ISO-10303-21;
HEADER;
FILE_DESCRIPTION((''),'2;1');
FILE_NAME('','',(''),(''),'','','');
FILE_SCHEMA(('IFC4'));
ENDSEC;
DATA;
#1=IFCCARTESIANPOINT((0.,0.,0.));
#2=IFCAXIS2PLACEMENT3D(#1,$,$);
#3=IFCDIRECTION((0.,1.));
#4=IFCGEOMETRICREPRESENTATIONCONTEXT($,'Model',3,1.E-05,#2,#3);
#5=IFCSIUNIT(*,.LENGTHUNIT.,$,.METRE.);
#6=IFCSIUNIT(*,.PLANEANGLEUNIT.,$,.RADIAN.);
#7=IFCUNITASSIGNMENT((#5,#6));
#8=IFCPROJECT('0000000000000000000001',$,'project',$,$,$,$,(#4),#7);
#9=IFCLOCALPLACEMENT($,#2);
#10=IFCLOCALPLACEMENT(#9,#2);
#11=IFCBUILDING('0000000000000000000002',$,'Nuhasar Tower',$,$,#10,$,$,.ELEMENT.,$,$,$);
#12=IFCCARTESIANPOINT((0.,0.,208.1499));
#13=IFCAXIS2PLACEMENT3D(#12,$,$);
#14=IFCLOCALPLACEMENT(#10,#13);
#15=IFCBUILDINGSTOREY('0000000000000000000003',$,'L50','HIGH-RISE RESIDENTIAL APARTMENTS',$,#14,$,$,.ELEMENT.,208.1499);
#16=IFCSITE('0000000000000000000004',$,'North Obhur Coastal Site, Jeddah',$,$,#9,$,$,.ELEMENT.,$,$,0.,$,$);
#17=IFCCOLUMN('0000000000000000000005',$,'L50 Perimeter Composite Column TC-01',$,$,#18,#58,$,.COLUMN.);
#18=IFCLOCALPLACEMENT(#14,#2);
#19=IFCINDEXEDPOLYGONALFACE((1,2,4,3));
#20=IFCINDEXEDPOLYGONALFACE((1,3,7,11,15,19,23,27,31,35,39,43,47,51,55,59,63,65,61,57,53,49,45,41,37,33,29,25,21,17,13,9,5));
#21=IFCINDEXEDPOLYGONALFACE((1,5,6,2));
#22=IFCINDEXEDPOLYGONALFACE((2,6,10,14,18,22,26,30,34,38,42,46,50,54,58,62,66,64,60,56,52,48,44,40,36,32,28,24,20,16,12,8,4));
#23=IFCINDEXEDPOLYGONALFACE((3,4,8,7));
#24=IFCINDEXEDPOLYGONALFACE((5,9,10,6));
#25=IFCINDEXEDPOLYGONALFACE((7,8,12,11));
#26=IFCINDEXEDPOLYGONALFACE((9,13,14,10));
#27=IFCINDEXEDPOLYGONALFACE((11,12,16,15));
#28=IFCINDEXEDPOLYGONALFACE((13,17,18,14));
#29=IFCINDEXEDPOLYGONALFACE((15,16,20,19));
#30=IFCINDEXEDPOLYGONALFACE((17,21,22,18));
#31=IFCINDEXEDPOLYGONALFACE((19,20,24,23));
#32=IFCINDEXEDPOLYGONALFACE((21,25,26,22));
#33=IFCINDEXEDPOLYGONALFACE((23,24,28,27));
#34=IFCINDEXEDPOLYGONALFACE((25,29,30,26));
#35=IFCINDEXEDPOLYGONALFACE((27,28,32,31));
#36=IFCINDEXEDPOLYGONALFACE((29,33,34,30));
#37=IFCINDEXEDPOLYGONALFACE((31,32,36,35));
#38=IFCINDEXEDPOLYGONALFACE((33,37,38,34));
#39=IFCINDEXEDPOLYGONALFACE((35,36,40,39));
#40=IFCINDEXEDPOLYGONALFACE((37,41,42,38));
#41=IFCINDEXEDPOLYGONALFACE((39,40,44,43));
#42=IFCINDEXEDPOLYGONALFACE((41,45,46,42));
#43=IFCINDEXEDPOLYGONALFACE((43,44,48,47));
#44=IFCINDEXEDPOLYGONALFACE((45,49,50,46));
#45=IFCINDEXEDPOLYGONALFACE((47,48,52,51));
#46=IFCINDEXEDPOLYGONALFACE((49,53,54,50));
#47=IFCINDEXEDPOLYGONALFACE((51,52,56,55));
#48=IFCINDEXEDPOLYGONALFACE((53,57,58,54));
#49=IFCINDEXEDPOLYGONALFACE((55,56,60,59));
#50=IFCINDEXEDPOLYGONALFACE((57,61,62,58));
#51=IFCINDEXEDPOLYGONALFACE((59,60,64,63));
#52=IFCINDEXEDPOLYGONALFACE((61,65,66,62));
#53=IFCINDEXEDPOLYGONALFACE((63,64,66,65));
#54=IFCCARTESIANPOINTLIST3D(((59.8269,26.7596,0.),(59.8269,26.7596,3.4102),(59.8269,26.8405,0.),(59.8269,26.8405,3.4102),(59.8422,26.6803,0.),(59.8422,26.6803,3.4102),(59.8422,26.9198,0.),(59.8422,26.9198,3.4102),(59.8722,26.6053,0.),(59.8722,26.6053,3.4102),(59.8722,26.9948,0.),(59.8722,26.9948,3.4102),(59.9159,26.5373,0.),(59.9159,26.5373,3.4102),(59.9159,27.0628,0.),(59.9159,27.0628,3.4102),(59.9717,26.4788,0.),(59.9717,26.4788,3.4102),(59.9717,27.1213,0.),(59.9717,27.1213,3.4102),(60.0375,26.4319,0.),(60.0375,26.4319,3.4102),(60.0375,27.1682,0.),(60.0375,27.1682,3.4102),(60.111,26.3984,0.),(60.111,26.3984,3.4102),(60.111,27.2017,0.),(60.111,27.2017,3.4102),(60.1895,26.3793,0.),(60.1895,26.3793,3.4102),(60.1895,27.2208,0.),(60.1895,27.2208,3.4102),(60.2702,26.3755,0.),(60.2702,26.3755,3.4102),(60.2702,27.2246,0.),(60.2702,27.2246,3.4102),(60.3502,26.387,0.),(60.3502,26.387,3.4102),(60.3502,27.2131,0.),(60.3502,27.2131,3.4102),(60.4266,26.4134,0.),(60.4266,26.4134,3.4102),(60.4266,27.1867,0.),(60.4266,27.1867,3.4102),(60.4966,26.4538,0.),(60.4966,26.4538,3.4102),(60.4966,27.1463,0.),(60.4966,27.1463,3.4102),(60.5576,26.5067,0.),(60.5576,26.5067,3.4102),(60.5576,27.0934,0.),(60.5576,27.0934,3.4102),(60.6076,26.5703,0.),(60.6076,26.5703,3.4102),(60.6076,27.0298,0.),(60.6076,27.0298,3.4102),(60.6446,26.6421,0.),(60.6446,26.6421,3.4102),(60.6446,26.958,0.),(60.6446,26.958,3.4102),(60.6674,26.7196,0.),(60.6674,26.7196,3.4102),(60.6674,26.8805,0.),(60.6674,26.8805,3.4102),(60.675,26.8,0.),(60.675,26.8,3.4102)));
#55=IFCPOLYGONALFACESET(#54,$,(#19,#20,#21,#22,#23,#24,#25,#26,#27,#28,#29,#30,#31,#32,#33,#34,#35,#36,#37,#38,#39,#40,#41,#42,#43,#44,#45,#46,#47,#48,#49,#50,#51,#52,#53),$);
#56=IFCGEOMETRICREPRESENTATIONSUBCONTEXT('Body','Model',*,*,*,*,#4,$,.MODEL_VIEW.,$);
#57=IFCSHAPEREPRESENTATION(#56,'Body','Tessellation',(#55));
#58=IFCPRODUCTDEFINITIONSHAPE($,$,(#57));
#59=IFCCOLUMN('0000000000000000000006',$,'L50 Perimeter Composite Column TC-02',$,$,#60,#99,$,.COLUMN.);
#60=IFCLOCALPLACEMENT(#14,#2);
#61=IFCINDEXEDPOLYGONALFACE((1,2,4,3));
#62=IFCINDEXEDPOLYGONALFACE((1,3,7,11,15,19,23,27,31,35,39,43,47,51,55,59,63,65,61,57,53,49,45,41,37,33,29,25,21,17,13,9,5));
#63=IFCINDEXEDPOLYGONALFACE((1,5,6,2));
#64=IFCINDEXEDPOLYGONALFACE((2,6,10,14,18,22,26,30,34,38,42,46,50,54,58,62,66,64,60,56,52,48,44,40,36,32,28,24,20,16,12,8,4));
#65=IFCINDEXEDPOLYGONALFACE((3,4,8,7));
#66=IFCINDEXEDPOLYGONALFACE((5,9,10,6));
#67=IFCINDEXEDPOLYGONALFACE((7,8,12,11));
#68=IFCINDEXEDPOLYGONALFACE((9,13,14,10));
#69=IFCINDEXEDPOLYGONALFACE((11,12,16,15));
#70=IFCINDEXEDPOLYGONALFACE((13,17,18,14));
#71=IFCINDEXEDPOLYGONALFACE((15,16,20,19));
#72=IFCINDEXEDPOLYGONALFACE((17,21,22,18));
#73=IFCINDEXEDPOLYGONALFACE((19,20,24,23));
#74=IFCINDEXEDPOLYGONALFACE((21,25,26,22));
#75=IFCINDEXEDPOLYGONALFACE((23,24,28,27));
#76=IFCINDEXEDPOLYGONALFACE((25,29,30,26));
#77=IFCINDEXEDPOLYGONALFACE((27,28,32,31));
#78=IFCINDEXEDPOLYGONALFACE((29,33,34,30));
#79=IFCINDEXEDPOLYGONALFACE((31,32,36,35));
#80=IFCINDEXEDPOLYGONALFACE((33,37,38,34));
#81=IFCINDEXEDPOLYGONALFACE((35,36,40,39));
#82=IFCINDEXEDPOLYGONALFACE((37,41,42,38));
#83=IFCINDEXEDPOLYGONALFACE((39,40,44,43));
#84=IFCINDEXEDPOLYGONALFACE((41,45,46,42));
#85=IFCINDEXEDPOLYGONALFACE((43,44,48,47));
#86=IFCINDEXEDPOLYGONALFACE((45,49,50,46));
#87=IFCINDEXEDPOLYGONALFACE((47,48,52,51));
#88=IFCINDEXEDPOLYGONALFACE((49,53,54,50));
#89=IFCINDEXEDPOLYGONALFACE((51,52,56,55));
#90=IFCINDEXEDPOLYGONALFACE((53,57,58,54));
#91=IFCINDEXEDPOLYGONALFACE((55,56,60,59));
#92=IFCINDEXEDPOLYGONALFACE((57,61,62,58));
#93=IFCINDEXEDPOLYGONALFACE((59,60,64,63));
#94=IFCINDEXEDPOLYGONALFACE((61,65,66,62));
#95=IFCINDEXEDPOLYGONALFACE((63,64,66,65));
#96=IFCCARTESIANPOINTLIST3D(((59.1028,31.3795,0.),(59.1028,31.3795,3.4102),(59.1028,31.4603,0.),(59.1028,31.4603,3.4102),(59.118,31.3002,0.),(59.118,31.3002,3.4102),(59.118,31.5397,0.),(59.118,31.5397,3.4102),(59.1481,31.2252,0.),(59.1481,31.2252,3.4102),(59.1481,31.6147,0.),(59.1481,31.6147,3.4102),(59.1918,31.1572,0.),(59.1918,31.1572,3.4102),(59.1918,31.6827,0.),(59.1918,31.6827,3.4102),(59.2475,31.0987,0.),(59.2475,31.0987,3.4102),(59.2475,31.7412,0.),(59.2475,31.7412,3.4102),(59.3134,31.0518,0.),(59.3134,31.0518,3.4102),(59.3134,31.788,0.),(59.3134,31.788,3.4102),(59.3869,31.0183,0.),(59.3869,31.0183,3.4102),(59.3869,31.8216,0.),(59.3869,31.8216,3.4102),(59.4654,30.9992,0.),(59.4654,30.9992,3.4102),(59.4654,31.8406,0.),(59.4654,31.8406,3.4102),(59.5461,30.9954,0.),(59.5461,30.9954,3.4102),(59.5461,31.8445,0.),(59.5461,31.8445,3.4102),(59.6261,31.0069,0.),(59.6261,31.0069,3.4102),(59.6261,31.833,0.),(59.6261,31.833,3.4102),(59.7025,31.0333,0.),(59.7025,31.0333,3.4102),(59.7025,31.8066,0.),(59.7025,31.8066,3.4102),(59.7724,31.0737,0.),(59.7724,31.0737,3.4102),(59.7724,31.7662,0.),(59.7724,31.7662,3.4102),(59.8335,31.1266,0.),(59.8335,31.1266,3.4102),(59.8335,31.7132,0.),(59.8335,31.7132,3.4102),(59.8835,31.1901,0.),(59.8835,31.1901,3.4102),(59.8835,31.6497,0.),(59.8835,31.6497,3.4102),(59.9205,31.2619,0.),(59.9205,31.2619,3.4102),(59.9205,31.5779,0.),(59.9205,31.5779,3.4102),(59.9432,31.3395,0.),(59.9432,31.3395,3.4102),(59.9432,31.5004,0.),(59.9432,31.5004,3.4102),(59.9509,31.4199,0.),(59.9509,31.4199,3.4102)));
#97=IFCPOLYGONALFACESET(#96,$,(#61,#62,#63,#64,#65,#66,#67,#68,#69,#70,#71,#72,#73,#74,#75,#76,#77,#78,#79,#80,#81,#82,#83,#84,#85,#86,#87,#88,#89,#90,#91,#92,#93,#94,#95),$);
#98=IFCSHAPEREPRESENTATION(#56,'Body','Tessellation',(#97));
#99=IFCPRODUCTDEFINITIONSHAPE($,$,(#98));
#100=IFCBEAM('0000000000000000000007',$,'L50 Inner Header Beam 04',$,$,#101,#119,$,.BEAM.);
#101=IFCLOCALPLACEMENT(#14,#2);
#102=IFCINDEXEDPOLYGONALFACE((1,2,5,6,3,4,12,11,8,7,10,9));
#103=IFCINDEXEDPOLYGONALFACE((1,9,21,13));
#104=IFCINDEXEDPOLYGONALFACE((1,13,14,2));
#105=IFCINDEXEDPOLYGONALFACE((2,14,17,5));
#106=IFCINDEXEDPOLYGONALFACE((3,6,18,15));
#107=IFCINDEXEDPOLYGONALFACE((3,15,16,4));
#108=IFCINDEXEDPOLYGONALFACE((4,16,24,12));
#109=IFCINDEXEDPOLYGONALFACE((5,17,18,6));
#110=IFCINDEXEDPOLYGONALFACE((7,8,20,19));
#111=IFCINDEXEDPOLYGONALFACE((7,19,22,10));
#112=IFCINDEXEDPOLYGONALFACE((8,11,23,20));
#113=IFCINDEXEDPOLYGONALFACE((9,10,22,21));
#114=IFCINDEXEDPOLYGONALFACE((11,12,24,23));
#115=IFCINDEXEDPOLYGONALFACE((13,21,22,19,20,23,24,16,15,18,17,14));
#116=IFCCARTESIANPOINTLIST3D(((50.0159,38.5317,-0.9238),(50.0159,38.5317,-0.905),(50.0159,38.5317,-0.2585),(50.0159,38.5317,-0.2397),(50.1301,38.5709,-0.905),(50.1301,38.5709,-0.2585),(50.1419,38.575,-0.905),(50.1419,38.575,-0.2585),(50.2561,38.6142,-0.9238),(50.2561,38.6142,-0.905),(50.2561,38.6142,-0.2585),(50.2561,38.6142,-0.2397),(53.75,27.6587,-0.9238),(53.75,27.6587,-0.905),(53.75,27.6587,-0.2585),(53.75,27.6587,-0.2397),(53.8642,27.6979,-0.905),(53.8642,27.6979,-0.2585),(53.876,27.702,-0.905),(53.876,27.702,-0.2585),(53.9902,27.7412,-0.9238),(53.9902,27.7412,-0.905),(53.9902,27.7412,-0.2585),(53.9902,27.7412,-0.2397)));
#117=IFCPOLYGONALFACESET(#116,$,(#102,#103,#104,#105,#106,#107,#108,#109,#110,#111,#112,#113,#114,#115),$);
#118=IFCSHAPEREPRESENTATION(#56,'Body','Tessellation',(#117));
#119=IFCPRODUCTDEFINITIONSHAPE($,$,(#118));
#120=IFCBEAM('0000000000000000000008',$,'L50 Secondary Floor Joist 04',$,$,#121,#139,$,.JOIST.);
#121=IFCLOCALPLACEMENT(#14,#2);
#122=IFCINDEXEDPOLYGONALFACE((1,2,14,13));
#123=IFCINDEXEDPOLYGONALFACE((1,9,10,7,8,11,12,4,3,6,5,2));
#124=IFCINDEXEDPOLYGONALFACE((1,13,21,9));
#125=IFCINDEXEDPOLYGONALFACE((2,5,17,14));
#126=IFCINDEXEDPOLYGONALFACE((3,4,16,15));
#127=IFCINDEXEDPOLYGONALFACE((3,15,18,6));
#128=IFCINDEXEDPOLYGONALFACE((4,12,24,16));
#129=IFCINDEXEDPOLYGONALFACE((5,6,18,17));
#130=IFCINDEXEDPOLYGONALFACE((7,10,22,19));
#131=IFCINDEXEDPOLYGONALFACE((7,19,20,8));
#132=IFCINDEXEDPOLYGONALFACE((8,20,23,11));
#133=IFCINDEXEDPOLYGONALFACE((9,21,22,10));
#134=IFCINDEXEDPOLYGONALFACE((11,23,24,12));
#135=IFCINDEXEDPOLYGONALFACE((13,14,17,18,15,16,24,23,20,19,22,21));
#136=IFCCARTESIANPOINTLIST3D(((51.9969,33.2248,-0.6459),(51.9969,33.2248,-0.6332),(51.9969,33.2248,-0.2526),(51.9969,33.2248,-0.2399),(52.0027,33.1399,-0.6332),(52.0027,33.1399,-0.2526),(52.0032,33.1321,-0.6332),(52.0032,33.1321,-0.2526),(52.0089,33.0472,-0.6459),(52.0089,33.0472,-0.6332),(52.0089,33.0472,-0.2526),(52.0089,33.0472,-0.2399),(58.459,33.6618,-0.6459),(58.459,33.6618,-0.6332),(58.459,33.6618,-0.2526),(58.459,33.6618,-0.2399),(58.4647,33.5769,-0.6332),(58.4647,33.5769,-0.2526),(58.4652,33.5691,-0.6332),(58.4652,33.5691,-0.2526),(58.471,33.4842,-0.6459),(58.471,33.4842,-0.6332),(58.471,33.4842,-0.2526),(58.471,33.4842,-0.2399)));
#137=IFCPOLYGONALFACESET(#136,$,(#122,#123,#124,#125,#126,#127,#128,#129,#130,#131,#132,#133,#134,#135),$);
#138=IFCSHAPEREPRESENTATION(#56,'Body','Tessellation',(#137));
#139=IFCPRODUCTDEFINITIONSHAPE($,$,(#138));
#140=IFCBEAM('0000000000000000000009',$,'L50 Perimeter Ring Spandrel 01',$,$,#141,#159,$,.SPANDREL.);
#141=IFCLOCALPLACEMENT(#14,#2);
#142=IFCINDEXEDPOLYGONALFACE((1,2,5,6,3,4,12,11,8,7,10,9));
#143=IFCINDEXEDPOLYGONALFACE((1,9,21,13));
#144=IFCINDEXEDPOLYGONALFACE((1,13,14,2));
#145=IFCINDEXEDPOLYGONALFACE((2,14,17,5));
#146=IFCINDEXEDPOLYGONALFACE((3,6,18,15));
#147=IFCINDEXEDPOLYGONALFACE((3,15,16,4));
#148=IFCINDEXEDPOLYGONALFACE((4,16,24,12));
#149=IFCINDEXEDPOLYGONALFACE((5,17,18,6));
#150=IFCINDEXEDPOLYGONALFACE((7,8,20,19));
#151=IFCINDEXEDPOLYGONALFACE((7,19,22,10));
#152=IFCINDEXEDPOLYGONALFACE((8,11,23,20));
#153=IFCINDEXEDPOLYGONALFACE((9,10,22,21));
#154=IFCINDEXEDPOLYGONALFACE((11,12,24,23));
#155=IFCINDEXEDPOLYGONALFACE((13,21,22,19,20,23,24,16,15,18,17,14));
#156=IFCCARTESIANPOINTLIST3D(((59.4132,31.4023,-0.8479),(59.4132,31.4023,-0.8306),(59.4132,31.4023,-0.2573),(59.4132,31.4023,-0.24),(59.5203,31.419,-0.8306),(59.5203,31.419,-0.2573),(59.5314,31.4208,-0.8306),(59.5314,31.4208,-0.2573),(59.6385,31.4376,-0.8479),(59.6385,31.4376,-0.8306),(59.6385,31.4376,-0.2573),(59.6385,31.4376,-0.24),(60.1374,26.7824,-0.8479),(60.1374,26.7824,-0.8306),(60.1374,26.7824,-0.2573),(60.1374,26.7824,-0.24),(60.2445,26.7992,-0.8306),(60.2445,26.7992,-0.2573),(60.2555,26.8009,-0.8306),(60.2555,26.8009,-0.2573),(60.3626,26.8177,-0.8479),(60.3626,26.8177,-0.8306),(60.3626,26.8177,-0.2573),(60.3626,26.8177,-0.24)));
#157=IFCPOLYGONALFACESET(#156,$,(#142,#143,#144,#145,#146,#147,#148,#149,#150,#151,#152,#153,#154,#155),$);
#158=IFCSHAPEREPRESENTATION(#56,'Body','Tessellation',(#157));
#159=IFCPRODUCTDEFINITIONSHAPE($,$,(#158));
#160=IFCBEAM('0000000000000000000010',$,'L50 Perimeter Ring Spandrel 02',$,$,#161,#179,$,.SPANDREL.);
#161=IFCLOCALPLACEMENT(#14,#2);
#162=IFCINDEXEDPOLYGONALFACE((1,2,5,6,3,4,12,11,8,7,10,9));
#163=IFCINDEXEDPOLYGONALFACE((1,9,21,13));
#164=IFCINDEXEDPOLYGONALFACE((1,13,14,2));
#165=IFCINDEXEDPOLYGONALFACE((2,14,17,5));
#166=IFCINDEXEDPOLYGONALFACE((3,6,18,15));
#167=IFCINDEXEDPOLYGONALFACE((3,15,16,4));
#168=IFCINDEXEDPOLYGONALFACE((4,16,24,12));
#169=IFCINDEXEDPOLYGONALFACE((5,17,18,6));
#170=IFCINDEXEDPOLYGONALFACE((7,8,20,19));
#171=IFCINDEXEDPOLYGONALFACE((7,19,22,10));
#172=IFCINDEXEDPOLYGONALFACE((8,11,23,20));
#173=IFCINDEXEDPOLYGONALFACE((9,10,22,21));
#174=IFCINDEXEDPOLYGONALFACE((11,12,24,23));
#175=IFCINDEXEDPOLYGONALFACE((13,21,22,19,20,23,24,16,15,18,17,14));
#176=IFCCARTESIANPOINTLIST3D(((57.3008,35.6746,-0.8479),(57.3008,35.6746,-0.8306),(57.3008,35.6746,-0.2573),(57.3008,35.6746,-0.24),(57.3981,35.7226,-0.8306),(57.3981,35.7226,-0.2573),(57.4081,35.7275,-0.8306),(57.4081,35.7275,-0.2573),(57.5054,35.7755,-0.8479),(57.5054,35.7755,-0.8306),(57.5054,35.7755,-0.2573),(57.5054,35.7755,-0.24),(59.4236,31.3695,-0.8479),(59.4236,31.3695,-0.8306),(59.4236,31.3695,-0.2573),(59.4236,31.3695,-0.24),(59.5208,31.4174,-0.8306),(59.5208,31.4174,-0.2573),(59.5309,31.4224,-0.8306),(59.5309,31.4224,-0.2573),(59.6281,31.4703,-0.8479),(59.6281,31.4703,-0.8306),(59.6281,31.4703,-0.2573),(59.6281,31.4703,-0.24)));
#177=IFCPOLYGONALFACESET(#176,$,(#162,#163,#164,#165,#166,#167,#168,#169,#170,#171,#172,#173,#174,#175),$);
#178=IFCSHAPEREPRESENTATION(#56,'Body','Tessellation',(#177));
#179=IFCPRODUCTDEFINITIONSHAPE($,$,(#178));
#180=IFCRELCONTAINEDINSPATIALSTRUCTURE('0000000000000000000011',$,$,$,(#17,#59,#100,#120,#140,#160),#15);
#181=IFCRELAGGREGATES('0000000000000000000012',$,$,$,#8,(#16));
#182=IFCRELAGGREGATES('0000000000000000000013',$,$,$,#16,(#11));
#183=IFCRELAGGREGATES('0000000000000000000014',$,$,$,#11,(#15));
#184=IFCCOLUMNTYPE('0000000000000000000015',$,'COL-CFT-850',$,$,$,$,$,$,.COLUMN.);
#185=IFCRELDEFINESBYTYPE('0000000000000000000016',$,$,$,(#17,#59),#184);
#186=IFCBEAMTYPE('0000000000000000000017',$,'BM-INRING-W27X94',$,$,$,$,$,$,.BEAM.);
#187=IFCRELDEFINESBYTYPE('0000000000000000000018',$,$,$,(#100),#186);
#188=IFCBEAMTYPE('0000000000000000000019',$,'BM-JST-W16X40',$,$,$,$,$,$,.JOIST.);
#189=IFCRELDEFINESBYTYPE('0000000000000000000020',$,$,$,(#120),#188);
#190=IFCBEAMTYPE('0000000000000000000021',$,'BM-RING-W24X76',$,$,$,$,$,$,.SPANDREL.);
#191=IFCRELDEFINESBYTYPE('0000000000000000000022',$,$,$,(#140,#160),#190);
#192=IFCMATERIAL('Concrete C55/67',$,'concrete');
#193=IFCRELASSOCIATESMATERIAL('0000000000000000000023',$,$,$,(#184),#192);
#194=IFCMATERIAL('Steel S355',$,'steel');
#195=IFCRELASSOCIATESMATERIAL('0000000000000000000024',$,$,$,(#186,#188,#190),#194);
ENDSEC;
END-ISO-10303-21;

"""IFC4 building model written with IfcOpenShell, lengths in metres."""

from ifc_helpers import new_model, si_unit, direction, frame, origin, origin_2d, place, context, subcontext, project, spatial, circle, i_section, extrude, material, material_profile, profile_set, type_object, element, save


model = new_model("IFC4")

# Units and contexts
model_context = context("Model", 3, precision=1e-05, world=origin(), true_north=direction((0.0, 1.0)))
body_context = subcontext(model_context, "Body", "Model", "MODEL_VIEW")
ifc_project = project(units=[si_unit("LENGTHUNIT", "METRE"), si_unit("PLANEANGLEUNIT", "RADIAN")], contexts=[model_context])

# Site, building, storey
site_placement = place(None, origin())
site = spatial("IfcSite", under=ifc_project, at=site_placement, Name="North Obhur Coastal Site, Jeddah", CompositionType="ELEMENT", RefElevation=0.0)
building_placement = place(site_placement, origin())
building = spatial("IfcBuilding", under=site, at=building_placement, Name="Nuhasar Tower", CompositionType="ELEMENT")
storey_placement = place(building_placement, frame((0.0, 0.0, 208.1499)))
storey = spatial("IfcBuildingStorey", under=building, at=storey_placement, Name="L50", Description="HIGH-RISE RESIDENTIAL APARTMENTS", CompositionType="ELEMENT", Elevation=208.1499)

# Columns
ifc_material_1 = material(Name="Concrete C55/67", Category="concrete")
ifc_material_profile_1 = material_profile(ifc_material_1, circle(Radius=0.425, at=origin_2d()), Name="CFT850")
ifc_profile_set_1 = profile_set([ifc_material_profile_1], Name="Concrete C55/67")
column_type = type_object("IfcColumnType", Name="COL-CFT-850", PredefinedType="COLUMN", material=ifc_profile_set_1)
for number, where, z_axis, x_axis, name in (
    (1, (60.25, 26.8, 0.0), (0.0, 0.0, 1.0), (1.0, 0.0, 0.0), "L50 Perimeter Composite Column TC-01"),
    (2, (59.5259, 31.4199, 0.0), (0.0, 0.0, 1.0), (1.0, 0.0, 0.0), "L50 Perimeter Composite Column TC-02"),
):
    element("IfcColumn", number, at=place(storey_placement, frame(where, z_axis=z_axis, x_axis=x_axis)), inside=storey, type_object=column_type, Name=name, PredefinedType="COLUMN", context=body_context, shape_type="SweptSolid", body=[
        extrude(circle(Radius=0.425, at=origin_2d()), origin(), (0.0, 0.0, 1.0), 3.4102),
    ])

# Beams
ifc_material_2 = material(Name="Steel S355", Category="steel")
ifc_material_profile_2 = material_profile(ifc_material_2, i_section(OverallWidth=0.2539, OverallDepth=0.6841, WebThickness=0.0125, FlangeThickness=0.0188, at=origin_2d()), Name="W27X94")
ifc_profile_set_2 = profile_set([ifc_material_profile_2], Name="Steel S355")
beam_type_1 = type_object("IfcBeamType", Name="BM-INRING-W27X94", PredefinedType="BEAM", material=ifc_profile_set_2)
beam_1_placement = place(storey_placement, frame((53.8701, 27.7, -0.5818), z_axis=(-0.324809, 0.94578, 0.0), x_axis=(-0.94578, -0.324809, 0.0)))
element("IfcBeam", 3, at=beam_1_placement, inside=storey, type_object=beam_type_1, Name="L50 Inner Header Beam 04", PredefinedType="BEAM", context=body_context, shape_type="SweptSolid", body=[
    extrude(i_section(OverallWidth=0.2539, OverallDepth=0.6841, WebThickness=0.0125, FlangeThickness=0.0188, at=origin_2d()), origin(), (0.0, 0.0, 1.0), 11.4963),
])
ifc_material_profile_3 = material_profile(ifc_material_2, i_section(OverallWidth=0.178, OverallDepth=0.406, WebThickness=0.0078, FlangeThickness=0.0127, at=origin_2d()), Name="W16X40")
ifc_profile_set_3 = profile_set([ifc_material_profile_3], Name="Steel S355")
beam_type_2 = type_object("IfcBeamType", Name="BM-JST-W16X40", PredefinedType="JOIST", material=ifc_profile_set_3)
beam_2_placement = place(storey_placement, frame((52.0029, 33.136, -0.4429), z_axis=(0.997721, 0.067472, 0.0), x_axis=(-0.067472, 0.997721, 0.0)))
element("IfcBeam", 4, at=beam_2_placement, inside=storey, type_object=beam_type_2, Name="L50 Secondary Floor Joist 04", PredefinedType="JOIST", context=body_context, shape_type="SweptSolid", body=[
    extrude(i_section(OverallWidth=0.178, OverallDepth=0.406, WebThickness=0.0078, FlangeThickness=0.0127, at=origin_2d()), origin(), (0.0, 0.0, 1.0), 6.4768),
])
ifc_material_profile_4 = material_profile(ifc_material_2, i_section(OverallWidth=0.228, OverallDepth=0.6079, WebThickness=0.0112, FlangeThickness=0.0173, at=origin_2d()), Name="W24X76")
ifc_profile_set_4 = profile_set([ifc_material_profile_4], Name="Steel S355")
beam_type_3 = type_object("IfcBeamType", Name="BM-RING-W24X76", PredefinedType="SPANDREL", material=ifc_profile_set_4)
beam_3_placement = place(storey_placement, frame((60.25, 26.8, -0.5439), z_axis=(-0.15485, 0.987938, 0.0), x_axis=(-0.987938, -0.15485, 0.0)))
element("IfcBeam", 5, at=beam_3_placement, inside=storey, type_object=beam_type_3, Name="L50 Perimeter Ring Spandrel 01", PredefinedType="SPANDREL", context=body_context, shape_type="SweptSolid", body=[
    extrude(i_section(OverallWidth=0.228, OverallDepth=0.6079, WebThickness=0.0112, FlangeThickness=0.0173, at=origin_2d()), origin(), (0.0, 0.0, 1.0), 4.6763),
])
beam_4_placement = place(storey_placement, frame((59.5259, 31.4199, -0.5439), z_axis=(-0.442243, 0.896895, 0.0), x_axis=(-0.896895, -0.442243, 0.0)))
element("IfcBeam", 6, at=beam_4_placement, inside=storey, type_object=beam_type_3, Name="L50 Perimeter Ring Spandrel 02", PredefinedType="SPANDREL", context=body_context, shape_type="SweptSolid", body=[
    extrude(i_section(OverallWidth=0.228, OverallDepth=0.6079, WebThickness=0.0112, FlangeThickness=0.0173, at=origin_2d()), origin(), (0.0, 0.0, 1.0), 4.8),
])

save(model, "model.ifc")
